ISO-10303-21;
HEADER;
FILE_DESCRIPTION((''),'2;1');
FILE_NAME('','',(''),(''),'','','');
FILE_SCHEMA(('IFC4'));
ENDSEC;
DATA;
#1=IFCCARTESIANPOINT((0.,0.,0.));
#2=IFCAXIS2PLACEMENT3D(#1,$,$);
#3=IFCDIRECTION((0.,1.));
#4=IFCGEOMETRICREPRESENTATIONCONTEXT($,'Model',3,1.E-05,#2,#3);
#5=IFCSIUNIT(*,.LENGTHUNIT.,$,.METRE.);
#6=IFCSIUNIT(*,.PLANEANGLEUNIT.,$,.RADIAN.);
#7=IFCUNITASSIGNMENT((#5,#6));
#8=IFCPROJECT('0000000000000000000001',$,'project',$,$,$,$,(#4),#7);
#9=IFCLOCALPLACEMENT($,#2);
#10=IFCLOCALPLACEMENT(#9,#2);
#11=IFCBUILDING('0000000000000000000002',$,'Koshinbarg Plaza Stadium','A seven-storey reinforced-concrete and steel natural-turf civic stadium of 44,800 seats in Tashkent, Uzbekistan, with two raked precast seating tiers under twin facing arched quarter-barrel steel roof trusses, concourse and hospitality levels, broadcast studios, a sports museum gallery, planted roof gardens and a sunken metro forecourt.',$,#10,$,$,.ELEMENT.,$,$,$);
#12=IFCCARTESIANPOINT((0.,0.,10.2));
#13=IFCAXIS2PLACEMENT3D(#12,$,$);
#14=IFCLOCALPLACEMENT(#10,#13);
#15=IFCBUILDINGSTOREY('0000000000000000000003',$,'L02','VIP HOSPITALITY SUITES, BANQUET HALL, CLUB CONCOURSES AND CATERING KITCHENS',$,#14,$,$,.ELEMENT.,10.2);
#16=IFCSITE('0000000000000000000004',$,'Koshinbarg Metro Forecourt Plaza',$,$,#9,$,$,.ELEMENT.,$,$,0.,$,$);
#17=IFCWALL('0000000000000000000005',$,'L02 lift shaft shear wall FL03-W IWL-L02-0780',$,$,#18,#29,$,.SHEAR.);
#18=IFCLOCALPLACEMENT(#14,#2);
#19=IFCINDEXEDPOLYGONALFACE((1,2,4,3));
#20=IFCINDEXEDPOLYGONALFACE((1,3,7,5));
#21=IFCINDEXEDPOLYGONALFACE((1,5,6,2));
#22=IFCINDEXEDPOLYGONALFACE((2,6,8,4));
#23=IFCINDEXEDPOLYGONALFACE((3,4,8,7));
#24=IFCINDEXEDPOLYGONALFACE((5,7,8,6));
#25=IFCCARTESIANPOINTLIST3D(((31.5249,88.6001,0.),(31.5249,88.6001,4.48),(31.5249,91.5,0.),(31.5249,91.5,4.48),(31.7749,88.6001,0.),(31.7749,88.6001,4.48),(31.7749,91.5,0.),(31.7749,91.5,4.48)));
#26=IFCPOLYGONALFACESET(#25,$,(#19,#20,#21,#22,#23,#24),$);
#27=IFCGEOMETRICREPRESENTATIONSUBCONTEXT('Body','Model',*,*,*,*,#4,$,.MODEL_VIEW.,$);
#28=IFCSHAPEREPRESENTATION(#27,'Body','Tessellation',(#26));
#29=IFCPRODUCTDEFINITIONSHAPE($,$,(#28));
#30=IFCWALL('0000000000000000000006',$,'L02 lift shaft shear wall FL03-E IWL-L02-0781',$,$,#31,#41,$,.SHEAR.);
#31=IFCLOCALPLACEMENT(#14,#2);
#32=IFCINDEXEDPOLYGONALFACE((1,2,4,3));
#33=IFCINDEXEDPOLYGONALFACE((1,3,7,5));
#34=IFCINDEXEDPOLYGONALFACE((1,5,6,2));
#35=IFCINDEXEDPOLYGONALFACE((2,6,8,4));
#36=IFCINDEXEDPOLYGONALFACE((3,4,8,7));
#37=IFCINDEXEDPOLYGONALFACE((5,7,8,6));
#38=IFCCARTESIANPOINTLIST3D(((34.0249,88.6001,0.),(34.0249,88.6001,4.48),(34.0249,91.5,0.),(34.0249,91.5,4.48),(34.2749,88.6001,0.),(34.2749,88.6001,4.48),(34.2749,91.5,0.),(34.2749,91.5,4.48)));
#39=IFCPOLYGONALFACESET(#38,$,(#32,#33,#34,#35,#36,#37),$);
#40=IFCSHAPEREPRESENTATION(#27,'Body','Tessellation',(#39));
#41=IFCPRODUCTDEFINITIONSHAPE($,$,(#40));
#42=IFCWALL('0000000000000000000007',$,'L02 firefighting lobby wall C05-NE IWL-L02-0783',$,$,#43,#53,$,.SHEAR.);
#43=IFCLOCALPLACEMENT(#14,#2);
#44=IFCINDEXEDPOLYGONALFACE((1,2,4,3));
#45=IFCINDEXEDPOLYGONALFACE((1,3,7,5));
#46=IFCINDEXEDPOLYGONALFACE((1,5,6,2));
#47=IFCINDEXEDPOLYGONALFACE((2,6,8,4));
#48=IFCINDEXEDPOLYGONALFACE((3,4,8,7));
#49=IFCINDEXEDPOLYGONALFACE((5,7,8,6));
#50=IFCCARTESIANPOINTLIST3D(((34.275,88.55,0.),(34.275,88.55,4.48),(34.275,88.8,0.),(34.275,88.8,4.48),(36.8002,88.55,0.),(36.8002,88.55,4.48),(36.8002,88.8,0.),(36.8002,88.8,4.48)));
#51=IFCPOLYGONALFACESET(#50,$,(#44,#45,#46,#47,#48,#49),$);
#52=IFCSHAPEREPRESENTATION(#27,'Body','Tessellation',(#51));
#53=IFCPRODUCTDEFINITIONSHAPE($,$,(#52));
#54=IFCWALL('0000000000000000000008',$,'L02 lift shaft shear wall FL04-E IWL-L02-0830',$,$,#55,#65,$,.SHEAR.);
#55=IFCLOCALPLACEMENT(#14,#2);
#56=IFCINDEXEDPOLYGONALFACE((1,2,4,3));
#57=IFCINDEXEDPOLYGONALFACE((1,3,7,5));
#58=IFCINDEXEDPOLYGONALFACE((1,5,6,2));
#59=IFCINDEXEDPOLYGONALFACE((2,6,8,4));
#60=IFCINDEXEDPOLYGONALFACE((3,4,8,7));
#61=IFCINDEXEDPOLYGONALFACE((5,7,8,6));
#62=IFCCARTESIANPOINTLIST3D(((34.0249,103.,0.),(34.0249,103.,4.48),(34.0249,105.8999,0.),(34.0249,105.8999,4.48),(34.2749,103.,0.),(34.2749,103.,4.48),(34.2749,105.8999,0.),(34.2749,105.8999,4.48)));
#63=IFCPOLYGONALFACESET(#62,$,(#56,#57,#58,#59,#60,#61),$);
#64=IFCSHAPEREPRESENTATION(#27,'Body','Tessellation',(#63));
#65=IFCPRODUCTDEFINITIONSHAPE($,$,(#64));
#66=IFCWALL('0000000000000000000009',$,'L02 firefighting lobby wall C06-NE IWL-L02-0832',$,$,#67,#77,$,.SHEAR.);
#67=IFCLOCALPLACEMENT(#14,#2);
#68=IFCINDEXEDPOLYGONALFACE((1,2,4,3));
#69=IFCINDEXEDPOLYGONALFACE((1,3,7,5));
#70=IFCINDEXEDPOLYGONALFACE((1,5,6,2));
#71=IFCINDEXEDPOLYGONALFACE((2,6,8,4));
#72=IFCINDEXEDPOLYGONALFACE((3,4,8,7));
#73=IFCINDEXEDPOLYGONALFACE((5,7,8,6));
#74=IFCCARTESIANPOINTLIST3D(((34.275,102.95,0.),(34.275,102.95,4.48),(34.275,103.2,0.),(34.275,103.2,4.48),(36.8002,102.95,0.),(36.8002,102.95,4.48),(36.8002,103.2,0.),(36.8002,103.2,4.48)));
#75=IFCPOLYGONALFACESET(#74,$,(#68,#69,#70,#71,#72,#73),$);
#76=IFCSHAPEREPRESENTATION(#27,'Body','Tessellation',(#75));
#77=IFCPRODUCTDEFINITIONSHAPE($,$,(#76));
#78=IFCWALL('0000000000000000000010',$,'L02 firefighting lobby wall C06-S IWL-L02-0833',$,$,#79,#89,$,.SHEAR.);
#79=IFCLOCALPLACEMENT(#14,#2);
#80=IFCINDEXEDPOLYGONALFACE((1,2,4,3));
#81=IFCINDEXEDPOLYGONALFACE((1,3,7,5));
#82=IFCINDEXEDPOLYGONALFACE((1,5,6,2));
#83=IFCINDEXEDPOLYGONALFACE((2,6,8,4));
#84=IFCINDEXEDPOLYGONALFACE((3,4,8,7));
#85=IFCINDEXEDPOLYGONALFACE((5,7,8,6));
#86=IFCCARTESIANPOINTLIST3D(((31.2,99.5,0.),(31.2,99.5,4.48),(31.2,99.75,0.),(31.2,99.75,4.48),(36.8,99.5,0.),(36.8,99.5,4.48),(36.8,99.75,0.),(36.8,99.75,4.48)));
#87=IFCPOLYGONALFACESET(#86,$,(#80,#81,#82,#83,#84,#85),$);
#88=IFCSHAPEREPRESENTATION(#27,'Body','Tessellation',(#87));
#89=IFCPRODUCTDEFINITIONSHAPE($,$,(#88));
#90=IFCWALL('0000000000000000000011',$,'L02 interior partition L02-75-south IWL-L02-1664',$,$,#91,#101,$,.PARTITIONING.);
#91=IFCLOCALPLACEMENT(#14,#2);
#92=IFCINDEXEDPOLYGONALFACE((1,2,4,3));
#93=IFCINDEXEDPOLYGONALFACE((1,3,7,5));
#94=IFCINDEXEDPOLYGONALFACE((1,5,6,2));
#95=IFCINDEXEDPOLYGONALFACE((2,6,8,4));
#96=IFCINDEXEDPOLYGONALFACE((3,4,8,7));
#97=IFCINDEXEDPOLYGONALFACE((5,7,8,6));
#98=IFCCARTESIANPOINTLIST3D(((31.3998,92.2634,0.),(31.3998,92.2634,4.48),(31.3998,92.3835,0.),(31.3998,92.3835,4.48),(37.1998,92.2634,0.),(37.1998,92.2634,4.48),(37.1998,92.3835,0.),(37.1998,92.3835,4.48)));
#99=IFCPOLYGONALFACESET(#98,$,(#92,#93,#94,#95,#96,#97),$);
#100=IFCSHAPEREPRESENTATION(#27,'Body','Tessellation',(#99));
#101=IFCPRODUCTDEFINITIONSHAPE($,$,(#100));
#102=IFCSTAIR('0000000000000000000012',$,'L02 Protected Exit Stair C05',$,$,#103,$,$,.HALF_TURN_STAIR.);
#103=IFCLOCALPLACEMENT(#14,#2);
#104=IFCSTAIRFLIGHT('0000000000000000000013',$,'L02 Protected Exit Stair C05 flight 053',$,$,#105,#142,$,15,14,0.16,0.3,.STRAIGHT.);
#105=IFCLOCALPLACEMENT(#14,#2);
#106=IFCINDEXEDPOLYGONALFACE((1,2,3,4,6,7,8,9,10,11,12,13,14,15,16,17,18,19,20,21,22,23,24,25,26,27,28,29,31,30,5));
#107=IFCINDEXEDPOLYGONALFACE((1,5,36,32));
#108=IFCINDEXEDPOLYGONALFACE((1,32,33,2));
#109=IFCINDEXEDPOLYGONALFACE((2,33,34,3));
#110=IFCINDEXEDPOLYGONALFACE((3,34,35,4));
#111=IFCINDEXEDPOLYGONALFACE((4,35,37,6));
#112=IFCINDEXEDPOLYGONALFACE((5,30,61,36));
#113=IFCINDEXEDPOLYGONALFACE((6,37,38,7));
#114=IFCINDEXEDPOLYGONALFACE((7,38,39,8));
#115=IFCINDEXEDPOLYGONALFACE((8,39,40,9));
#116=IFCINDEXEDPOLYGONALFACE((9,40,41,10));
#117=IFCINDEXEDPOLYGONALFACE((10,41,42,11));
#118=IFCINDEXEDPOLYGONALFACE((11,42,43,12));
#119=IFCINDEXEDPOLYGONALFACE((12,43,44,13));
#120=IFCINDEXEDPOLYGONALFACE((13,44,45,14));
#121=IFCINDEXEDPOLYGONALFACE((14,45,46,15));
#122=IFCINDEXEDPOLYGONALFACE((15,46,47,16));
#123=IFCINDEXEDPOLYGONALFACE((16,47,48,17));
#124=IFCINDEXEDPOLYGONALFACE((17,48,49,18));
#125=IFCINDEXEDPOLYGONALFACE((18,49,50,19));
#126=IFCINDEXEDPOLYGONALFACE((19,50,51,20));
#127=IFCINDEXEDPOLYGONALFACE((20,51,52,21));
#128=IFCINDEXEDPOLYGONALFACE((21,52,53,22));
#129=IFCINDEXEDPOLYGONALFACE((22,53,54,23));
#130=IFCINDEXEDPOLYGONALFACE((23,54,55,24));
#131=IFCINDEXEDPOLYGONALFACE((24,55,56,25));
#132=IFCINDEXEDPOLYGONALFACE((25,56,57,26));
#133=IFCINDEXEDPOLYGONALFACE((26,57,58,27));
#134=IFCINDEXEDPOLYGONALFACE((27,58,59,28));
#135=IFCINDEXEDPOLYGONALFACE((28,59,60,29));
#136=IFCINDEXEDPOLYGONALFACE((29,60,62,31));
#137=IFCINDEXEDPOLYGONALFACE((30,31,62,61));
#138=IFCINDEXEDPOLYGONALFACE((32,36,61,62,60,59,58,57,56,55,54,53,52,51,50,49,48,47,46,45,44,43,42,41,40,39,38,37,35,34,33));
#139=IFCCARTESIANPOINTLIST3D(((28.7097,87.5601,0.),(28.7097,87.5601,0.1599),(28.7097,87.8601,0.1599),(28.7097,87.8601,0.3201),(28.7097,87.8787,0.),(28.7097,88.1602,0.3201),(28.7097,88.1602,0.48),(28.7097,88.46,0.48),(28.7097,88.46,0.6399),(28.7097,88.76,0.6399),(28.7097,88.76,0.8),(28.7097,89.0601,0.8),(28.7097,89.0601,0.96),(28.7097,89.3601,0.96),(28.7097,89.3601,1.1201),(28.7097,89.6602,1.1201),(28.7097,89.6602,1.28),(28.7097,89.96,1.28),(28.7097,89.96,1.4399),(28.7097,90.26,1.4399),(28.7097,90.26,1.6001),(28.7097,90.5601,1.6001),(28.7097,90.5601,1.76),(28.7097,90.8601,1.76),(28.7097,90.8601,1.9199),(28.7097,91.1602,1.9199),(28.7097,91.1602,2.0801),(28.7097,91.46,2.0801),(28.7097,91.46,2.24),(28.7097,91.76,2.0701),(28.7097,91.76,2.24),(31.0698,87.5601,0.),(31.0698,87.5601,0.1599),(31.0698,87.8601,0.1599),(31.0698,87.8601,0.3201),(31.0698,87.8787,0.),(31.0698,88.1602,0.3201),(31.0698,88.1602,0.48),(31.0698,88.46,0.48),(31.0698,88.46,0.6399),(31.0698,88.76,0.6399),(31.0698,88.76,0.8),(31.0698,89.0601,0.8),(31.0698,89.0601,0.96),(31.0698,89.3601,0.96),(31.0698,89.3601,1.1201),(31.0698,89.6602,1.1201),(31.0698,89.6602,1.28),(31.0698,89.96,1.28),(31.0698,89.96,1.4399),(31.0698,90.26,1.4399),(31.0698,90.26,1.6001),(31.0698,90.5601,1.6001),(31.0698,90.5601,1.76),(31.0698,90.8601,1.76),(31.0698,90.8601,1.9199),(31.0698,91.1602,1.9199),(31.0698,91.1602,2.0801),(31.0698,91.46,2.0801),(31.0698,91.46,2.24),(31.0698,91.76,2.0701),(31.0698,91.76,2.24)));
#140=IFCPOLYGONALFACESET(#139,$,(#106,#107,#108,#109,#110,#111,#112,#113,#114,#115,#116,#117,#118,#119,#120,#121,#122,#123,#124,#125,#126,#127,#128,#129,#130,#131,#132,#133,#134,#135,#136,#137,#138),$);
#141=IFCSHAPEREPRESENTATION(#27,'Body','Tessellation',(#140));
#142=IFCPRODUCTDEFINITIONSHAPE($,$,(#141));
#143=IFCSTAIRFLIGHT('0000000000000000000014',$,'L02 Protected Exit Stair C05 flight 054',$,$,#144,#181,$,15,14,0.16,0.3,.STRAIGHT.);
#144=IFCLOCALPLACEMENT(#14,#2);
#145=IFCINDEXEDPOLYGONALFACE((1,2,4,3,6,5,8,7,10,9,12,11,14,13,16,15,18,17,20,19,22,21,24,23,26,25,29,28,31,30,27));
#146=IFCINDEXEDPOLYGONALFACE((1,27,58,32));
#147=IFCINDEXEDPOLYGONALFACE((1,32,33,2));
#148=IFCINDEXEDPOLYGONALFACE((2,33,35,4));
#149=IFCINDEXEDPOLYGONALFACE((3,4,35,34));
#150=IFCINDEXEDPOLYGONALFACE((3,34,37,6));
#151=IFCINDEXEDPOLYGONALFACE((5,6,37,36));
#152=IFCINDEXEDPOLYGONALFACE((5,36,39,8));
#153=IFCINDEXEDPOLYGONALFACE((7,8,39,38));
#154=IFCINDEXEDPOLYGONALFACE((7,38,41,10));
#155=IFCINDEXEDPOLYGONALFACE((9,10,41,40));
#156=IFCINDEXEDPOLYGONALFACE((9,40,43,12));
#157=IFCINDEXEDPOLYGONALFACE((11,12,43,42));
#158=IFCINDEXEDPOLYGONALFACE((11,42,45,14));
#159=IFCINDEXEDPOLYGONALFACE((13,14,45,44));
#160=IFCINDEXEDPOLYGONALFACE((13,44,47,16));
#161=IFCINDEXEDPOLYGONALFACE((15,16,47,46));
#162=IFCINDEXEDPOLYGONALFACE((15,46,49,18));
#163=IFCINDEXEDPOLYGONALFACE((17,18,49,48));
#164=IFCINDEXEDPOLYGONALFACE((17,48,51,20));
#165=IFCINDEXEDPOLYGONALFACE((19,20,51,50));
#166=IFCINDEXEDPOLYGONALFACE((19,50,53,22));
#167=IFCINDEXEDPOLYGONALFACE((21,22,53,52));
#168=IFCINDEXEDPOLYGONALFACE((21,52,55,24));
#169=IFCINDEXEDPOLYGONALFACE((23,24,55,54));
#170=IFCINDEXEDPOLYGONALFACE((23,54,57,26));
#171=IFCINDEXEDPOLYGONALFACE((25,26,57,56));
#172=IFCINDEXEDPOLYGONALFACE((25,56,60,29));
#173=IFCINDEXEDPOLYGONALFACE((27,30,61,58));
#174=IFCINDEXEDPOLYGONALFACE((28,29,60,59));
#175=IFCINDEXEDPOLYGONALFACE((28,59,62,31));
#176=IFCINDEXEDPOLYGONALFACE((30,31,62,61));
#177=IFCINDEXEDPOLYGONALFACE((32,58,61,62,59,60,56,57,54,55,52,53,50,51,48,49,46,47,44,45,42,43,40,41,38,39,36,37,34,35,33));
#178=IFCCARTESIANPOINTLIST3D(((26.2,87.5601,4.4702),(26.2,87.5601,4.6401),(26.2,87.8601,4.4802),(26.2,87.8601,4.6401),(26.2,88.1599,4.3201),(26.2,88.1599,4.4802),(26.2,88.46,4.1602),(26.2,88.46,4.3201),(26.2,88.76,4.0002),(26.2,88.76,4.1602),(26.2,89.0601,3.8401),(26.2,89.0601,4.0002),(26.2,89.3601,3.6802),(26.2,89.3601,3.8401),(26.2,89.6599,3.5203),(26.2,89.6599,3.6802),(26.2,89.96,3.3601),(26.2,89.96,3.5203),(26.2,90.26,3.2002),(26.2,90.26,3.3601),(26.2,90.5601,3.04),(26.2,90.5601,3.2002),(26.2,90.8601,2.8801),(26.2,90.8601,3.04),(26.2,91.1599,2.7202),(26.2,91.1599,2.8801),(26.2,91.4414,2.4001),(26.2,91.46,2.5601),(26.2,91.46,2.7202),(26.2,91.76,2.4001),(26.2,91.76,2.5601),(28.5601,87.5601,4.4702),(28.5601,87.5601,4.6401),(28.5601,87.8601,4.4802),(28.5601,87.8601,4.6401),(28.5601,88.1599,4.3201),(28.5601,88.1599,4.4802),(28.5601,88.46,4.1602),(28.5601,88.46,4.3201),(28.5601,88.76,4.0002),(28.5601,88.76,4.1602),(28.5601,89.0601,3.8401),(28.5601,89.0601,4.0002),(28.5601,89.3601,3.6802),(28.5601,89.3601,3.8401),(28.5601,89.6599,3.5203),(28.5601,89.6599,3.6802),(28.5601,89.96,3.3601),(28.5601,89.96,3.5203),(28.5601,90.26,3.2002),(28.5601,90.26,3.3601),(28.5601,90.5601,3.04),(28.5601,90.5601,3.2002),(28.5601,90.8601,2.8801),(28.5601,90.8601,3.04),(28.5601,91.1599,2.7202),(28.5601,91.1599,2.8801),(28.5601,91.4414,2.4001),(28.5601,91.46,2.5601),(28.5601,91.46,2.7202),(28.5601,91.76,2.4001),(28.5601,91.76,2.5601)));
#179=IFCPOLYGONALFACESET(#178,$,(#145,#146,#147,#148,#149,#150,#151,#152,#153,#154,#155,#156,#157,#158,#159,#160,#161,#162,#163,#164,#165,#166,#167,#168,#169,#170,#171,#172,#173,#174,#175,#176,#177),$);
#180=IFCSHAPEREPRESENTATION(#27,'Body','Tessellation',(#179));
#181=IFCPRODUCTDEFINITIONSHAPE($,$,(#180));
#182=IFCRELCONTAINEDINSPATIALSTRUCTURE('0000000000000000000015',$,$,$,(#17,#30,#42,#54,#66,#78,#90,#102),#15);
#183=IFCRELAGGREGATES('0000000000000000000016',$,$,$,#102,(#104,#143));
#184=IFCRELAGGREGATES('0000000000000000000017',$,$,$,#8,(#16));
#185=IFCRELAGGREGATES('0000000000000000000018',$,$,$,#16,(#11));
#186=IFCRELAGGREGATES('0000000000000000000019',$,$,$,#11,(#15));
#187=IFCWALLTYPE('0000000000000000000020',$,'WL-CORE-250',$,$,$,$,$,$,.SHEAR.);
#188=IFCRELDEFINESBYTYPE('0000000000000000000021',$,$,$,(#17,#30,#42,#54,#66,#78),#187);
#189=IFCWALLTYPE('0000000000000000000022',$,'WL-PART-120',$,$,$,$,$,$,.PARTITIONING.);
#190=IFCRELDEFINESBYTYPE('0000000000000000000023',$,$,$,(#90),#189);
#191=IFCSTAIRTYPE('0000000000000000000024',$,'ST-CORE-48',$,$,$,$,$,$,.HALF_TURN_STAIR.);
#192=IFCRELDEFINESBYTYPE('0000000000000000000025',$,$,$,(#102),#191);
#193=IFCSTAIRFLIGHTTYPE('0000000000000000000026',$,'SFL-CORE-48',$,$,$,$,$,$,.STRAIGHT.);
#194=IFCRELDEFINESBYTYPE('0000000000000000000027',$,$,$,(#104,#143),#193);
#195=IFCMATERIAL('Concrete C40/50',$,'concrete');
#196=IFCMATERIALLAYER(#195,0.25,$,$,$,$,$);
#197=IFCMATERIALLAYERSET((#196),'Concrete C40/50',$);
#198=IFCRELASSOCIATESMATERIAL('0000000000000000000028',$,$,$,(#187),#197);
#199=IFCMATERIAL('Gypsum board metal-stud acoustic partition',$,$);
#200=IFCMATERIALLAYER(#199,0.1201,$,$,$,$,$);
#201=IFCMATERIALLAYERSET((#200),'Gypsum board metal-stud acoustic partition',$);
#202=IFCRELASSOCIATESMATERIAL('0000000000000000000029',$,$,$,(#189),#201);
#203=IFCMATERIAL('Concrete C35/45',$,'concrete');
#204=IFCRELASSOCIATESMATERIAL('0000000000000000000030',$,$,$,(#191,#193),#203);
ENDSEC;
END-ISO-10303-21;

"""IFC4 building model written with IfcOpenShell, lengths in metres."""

from ifc_helpers import new_model, si_unit, direction, frame, frame_2d, origin, place, context, subcontext, project, spatial, polyline, rectangle, outline, extrude, material, layer, layer_set, type_object, element, aggregate, save


model = new_model("IFC4")

# Units and contexts
model_context = context("Model", 3, precision=1e-05, world=origin(), true_north=direction((0.0, 1.0)))
body_context = subcontext(model_context, "Body", "Model", "MODEL_VIEW")
ifc_project = project(units=[si_unit("LENGTHUNIT", "METRE"), si_unit("PLANEANGLEUNIT", "RADIAN")], contexts=[model_context])

# Site, building, storey
site_placement = place(None, origin())
site = spatial("IfcSite", under=ifc_project, at=site_placement, Name="Koshinbarg Metro Forecourt Plaza", CompositionType="ELEMENT", RefElevation=0.0)
building_placement = place(site_placement, origin())
building = spatial("IfcBuilding", under=site, at=building_placement, Name="Koshinbarg Plaza Stadium", Description="A seven-storey reinforced-concrete and steel natural-turf civic stadium of 44,800 seats in Tashkent, Uzbekistan, with two raked precast seating tiers under twin facing arched quarter-barrel steel roof trusses, concourse and hospitality levels, broadcast studios, a sports museum gallery, planted roof gardens and a sunken metro forecourt.", CompositionType="ELEMENT")
storey_placement = place(building_placement, frame((0.0, 0.0, 10.2)))
storey = spatial("IfcBuildingStorey", under=building, at=storey_placement, Name="L02", Description="VIP HOSPITALITY SUITES, BANQUET HALL, CLUB CONCOURSES AND CATERING KITCHENS", CompositionType="ELEMENT", Elevation=10.2)

# Shared definitions
ifc_material_1 = material(Name="Concrete C40/50", Category="concrete")

# Shared definitions
ifc_layer_1 = layer(ifc_material_1, 0.25)
ifc_layer_set_1 = layer_set([ifc_layer_1], Name="Concrete C40/50")
wall_type_1 = type_object("IfcWallType", Name="WL-CORE-250", PredefinedType="SHEAR", material=ifc_layer_set_1)

# Walls
for number, where, z_axis, x_axis, name in (
    (1, (31.6499, 91.5, 0.0), (0.0, 0.0, 1.0), (0.0, -1.0, 0.0), "L02 lift shaft shear wall FL03-W IWL-L02-0780"),
    (2, (34.1499, 88.6001, 0.0), (0.0, 0.0, 1.0), (0.0, 1.0, 0.0), "L02 lift shaft shear wall FL03-E IWL-L02-0781"),
):
    element("IfcWall", number, at=place(storey_placement, frame(where, z_axis=z_axis, x_axis=x_axis)), inside=storey, type_object=wall_type_1, Name=name, PredefinedType="SHEAR", context=body_context, shape_type="SweptSolid", body=[
        extrude(rectangle(XDim=2.8999, YDim=0.25, at=frame_2d((1.45, 0.0))), origin(), (0.0, 0.0, 1.0), 4.48),
    ])
wall_1_placement = place(storey_placement, frame((34.2749, 88.675, 0.0), z_axis=(0.0, 0.0, 1.0), x_axis=(1.0, 0.0, 0.0)))
element("IfcWall", 3, at=wall_1_placement, inside=storey, type_object=wall_type_1, Name="L02 firefighting lobby wall C05-NE IWL-L02-0783", PredefinedType="SHEAR", context=body_context, shape_type="SweptSolid", body=[
    extrude(rectangle(XDim=2.5251, YDim=0.25, at=frame_2d((1.2627, 0.0))), origin(), (0.0, 0.0, 1.0), 4.48),
])

# Wall
wall_2_placement = place(storey_placement, frame((34.1499, 103.0, 0.0), z_axis=(0.0, 0.0, 1.0), x_axis=(0.0, 1.0, 0.0)))
element("IfcWall", 4, at=wall_2_placement, inside=storey, type_object=wall_type_1, Name="L02 lift shaft shear wall FL04-E IWL-L02-0830", PredefinedType="SHEAR", context=body_context, shape_type="SweptSolid", body=[
    extrude(rectangle(XDim=2.8999, YDim=0.25, at=frame_2d((1.45, 0.0))), origin(), (0.0, 0.0, 1.0), 4.48),
])

# Walls
wall_3_placement = place(storey_placement, frame((34.2749, 103.075, 0.0), z_axis=(0.0, 0.0, 1.0), x_axis=(1.0, 0.0, 0.0)))
element("IfcWall", 5, at=wall_3_placement, inside=storey, type_object=wall_type_1, Name="L02 firefighting lobby wall C06-NE IWL-L02-0832", PredefinedType="SHEAR", context=body_context, shape_type="SweptSolid", body=[
    extrude(rectangle(XDim=2.5251, YDim=0.25, at=frame_2d((1.2627, 0.0))), origin(), (0.0, 0.0, 1.0), 4.48),
])
wall_4_placement = place(storey_placement, frame((31.2, 99.625, 0.0), z_axis=(0.0, 0.0, 1.0), x_axis=(1.0, 0.0, 0.0)))
element("IfcWall", 6, at=wall_4_placement, inside=storey, type_object=wall_type_1, Name="L02 firefighting lobby wall C06-S IWL-L02-0833", PredefinedType="SHEAR", context=body_context, shape_type="SweptSolid", body=[
    extrude(rectangle(XDim=5.6001, YDim=0.25, at=frame_2d((2.8, 0.0))), origin(), (0.0, 0.0, 1.0), 4.48),
])
ifc_material_2 = material(Name="Gypsum board metal-stud acoustic partition")
ifc_layer_2 = layer(ifc_material_2, 0.1201)
ifc_layer_set_2 = layer_set([ifc_layer_2], Name="Gypsum board metal-stud acoustic partition")
wall_type_2 = type_object("IfcWallType", Name="WL-PART-120", PredefinedType="PARTITIONING", material=ifc_layer_set_2)
wall_5_placement = place(storey_placement, frame((31.3999, 92.3235, 0.0), z_axis=(0.0, 0.0, 1.0), x_axis=(1.0, 0.0, 0.0)))
element("IfcWall", 7, at=wall_5_placement, inside=storey, type_object=wall_type_2, Name="L02 interior partition L02-75-south IWL-L02-1664", PredefinedType="PARTITIONING", context=body_context, shape_type="SweptSolid", body=[
    extrude(rectangle(XDim=5.8, YDim=0.1201, at=frame_2d((2.8999, 0.0))), origin(), (0.0, 0.0, 1.0), 4.48),
])

# Stair, stair flights
ifc_material_3 = material(Name="Concrete C35/45", Category="concrete")
stair_type = type_object("IfcStairType", Name="ST-CORE-48", PredefinedType="HALF_TURN_STAIR", material=ifc_material_3)
stair_1_placement = place(storey_placement, origin())
stair_1 = element("IfcStair", 8, at=stair_1_placement, inside=storey, type_object=stair_type, Name="L02 Protected Exit Stair C05", PredefinedType="HALF_TURN_STAIR")
stair_flight_type = type_object("IfcStairFlightType", Name="SFL-CORE-48", PredefinedType="STRAIGHT", material=ifc_material_3)
stair_flight_1_placement = place(storey_placement, frame((29.8899, 87.5601, 0.0), z_axis=(0.0, 0.0, 1.0), x_axis=(0.0, 1.0, 0.0)))
stair_flight_1 = element("IfcStairFlight", 9, at=stair_flight_1_placement, type_object=stair_flight_type, Name="L02 Protected Exit Stair C05 flight 053", NumberOfRisers=15, NumberOfTreads=14, PredefinedType="STRAIGHT", RiserHeight=0.16, TreadLength=0.3, context=body_context, shape_type="SweptSolid", body=[
    extrude(outline(polyline([(0.0, 0.0), (0.0, 0.1599), (0.3, 0.1599), (0.3, 0.3201), (0.6001, 0.3201), (0.6001, 0.48), (0.8999, 0.48), (0.8999, 0.6399), (1.2, 0.6399), (1.2, 0.8), (1.5, 0.8), (1.5, 0.96), (1.8, 0.96), (1.8, 1.1201), (2.1001, 1.1201), (2.1001, 1.28), (2.3999, 1.28), (2.3999, 1.4399), (2.7, 1.4399), (2.7, 1.6001), (3.0, 1.6001), (3.0, 1.76), (3.3, 1.76), (3.3, 1.9199), (3.6001, 1.9199), (3.6001, 2.0801), (3.8999, 2.0801), (3.8999, 2.24), (4.2, 2.24), (4.2, 2.3999), (4.2, 2.0701), (0.3186, 0.0), (0.0, 0.0)])), frame((0.0, 1.1802, 0.0), z_axis=(0.0, -1.0, 0.0), x_axis=(1.0, 0.0, 0.0)), (0.0, 0.0, 1.0), 2.3601),
])
stair_flight_2_placement = place(storey_placement, frame((27.3799, 91.76, 2.4001), z_axis=(0.0, 0.0, 1.0), x_axis=(0.0, -1.0, 0.0)))
stair_flight_2 = element("IfcStairFlight", 10, at=stair_flight_2_placement, type_object=stair_flight_type, Name="L02 Protected Exit Stair C05 flight 054", NumberOfRisers=15, NumberOfTreads=14, PredefinedType="STRAIGHT", RiserHeight=0.16, TreadLength=0.3, context=body_context, shape_type="SweptSolid", body=[
    extrude(outline(polyline([(0.0, 0.0), (0.0, 0.1599), (0.3, 0.1599), (0.3, 0.3201), (0.6001, 0.3201), (0.6001, 0.48), (0.8999, 0.48), (0.8999, 0.6399), (1.2, 0.6399), (1.2, 0.8), (1.5, 0.8), (1.5, 0.96), (1.8, 0.96), (1.8, 1.1201), (2.1001, 1.1201), (2.1001, 1.28), (2.3999, 1.28), (2.3999, 1.4399), (2.7, 1.4399), (2.7, 1.6001), (3.0, 1.6001), (3.0, 1.76), (3.3, 1.76), (3.3, 1.9199), (3.6001, 1.9199), (3.6001, 2.0801), (3.8999, 2.0801), (3.8999, 2.24), (4.2, 2.24), (4.2, 2.3999), (4.2, 2.0701), (0.3186, 0.0), (0.0, 0.0)])), frame((0.0, 1.1802, 0.0), z_axis=(0.0, -1.0, 0.0), x_axis=(1.0, 0.0, 0.0)), (0.0, 0.0, 1.0), 2.3601),
])
aggregate(stair_1, [stair_flight_1, stair_flight_2])

save(model, "model.ifc")
